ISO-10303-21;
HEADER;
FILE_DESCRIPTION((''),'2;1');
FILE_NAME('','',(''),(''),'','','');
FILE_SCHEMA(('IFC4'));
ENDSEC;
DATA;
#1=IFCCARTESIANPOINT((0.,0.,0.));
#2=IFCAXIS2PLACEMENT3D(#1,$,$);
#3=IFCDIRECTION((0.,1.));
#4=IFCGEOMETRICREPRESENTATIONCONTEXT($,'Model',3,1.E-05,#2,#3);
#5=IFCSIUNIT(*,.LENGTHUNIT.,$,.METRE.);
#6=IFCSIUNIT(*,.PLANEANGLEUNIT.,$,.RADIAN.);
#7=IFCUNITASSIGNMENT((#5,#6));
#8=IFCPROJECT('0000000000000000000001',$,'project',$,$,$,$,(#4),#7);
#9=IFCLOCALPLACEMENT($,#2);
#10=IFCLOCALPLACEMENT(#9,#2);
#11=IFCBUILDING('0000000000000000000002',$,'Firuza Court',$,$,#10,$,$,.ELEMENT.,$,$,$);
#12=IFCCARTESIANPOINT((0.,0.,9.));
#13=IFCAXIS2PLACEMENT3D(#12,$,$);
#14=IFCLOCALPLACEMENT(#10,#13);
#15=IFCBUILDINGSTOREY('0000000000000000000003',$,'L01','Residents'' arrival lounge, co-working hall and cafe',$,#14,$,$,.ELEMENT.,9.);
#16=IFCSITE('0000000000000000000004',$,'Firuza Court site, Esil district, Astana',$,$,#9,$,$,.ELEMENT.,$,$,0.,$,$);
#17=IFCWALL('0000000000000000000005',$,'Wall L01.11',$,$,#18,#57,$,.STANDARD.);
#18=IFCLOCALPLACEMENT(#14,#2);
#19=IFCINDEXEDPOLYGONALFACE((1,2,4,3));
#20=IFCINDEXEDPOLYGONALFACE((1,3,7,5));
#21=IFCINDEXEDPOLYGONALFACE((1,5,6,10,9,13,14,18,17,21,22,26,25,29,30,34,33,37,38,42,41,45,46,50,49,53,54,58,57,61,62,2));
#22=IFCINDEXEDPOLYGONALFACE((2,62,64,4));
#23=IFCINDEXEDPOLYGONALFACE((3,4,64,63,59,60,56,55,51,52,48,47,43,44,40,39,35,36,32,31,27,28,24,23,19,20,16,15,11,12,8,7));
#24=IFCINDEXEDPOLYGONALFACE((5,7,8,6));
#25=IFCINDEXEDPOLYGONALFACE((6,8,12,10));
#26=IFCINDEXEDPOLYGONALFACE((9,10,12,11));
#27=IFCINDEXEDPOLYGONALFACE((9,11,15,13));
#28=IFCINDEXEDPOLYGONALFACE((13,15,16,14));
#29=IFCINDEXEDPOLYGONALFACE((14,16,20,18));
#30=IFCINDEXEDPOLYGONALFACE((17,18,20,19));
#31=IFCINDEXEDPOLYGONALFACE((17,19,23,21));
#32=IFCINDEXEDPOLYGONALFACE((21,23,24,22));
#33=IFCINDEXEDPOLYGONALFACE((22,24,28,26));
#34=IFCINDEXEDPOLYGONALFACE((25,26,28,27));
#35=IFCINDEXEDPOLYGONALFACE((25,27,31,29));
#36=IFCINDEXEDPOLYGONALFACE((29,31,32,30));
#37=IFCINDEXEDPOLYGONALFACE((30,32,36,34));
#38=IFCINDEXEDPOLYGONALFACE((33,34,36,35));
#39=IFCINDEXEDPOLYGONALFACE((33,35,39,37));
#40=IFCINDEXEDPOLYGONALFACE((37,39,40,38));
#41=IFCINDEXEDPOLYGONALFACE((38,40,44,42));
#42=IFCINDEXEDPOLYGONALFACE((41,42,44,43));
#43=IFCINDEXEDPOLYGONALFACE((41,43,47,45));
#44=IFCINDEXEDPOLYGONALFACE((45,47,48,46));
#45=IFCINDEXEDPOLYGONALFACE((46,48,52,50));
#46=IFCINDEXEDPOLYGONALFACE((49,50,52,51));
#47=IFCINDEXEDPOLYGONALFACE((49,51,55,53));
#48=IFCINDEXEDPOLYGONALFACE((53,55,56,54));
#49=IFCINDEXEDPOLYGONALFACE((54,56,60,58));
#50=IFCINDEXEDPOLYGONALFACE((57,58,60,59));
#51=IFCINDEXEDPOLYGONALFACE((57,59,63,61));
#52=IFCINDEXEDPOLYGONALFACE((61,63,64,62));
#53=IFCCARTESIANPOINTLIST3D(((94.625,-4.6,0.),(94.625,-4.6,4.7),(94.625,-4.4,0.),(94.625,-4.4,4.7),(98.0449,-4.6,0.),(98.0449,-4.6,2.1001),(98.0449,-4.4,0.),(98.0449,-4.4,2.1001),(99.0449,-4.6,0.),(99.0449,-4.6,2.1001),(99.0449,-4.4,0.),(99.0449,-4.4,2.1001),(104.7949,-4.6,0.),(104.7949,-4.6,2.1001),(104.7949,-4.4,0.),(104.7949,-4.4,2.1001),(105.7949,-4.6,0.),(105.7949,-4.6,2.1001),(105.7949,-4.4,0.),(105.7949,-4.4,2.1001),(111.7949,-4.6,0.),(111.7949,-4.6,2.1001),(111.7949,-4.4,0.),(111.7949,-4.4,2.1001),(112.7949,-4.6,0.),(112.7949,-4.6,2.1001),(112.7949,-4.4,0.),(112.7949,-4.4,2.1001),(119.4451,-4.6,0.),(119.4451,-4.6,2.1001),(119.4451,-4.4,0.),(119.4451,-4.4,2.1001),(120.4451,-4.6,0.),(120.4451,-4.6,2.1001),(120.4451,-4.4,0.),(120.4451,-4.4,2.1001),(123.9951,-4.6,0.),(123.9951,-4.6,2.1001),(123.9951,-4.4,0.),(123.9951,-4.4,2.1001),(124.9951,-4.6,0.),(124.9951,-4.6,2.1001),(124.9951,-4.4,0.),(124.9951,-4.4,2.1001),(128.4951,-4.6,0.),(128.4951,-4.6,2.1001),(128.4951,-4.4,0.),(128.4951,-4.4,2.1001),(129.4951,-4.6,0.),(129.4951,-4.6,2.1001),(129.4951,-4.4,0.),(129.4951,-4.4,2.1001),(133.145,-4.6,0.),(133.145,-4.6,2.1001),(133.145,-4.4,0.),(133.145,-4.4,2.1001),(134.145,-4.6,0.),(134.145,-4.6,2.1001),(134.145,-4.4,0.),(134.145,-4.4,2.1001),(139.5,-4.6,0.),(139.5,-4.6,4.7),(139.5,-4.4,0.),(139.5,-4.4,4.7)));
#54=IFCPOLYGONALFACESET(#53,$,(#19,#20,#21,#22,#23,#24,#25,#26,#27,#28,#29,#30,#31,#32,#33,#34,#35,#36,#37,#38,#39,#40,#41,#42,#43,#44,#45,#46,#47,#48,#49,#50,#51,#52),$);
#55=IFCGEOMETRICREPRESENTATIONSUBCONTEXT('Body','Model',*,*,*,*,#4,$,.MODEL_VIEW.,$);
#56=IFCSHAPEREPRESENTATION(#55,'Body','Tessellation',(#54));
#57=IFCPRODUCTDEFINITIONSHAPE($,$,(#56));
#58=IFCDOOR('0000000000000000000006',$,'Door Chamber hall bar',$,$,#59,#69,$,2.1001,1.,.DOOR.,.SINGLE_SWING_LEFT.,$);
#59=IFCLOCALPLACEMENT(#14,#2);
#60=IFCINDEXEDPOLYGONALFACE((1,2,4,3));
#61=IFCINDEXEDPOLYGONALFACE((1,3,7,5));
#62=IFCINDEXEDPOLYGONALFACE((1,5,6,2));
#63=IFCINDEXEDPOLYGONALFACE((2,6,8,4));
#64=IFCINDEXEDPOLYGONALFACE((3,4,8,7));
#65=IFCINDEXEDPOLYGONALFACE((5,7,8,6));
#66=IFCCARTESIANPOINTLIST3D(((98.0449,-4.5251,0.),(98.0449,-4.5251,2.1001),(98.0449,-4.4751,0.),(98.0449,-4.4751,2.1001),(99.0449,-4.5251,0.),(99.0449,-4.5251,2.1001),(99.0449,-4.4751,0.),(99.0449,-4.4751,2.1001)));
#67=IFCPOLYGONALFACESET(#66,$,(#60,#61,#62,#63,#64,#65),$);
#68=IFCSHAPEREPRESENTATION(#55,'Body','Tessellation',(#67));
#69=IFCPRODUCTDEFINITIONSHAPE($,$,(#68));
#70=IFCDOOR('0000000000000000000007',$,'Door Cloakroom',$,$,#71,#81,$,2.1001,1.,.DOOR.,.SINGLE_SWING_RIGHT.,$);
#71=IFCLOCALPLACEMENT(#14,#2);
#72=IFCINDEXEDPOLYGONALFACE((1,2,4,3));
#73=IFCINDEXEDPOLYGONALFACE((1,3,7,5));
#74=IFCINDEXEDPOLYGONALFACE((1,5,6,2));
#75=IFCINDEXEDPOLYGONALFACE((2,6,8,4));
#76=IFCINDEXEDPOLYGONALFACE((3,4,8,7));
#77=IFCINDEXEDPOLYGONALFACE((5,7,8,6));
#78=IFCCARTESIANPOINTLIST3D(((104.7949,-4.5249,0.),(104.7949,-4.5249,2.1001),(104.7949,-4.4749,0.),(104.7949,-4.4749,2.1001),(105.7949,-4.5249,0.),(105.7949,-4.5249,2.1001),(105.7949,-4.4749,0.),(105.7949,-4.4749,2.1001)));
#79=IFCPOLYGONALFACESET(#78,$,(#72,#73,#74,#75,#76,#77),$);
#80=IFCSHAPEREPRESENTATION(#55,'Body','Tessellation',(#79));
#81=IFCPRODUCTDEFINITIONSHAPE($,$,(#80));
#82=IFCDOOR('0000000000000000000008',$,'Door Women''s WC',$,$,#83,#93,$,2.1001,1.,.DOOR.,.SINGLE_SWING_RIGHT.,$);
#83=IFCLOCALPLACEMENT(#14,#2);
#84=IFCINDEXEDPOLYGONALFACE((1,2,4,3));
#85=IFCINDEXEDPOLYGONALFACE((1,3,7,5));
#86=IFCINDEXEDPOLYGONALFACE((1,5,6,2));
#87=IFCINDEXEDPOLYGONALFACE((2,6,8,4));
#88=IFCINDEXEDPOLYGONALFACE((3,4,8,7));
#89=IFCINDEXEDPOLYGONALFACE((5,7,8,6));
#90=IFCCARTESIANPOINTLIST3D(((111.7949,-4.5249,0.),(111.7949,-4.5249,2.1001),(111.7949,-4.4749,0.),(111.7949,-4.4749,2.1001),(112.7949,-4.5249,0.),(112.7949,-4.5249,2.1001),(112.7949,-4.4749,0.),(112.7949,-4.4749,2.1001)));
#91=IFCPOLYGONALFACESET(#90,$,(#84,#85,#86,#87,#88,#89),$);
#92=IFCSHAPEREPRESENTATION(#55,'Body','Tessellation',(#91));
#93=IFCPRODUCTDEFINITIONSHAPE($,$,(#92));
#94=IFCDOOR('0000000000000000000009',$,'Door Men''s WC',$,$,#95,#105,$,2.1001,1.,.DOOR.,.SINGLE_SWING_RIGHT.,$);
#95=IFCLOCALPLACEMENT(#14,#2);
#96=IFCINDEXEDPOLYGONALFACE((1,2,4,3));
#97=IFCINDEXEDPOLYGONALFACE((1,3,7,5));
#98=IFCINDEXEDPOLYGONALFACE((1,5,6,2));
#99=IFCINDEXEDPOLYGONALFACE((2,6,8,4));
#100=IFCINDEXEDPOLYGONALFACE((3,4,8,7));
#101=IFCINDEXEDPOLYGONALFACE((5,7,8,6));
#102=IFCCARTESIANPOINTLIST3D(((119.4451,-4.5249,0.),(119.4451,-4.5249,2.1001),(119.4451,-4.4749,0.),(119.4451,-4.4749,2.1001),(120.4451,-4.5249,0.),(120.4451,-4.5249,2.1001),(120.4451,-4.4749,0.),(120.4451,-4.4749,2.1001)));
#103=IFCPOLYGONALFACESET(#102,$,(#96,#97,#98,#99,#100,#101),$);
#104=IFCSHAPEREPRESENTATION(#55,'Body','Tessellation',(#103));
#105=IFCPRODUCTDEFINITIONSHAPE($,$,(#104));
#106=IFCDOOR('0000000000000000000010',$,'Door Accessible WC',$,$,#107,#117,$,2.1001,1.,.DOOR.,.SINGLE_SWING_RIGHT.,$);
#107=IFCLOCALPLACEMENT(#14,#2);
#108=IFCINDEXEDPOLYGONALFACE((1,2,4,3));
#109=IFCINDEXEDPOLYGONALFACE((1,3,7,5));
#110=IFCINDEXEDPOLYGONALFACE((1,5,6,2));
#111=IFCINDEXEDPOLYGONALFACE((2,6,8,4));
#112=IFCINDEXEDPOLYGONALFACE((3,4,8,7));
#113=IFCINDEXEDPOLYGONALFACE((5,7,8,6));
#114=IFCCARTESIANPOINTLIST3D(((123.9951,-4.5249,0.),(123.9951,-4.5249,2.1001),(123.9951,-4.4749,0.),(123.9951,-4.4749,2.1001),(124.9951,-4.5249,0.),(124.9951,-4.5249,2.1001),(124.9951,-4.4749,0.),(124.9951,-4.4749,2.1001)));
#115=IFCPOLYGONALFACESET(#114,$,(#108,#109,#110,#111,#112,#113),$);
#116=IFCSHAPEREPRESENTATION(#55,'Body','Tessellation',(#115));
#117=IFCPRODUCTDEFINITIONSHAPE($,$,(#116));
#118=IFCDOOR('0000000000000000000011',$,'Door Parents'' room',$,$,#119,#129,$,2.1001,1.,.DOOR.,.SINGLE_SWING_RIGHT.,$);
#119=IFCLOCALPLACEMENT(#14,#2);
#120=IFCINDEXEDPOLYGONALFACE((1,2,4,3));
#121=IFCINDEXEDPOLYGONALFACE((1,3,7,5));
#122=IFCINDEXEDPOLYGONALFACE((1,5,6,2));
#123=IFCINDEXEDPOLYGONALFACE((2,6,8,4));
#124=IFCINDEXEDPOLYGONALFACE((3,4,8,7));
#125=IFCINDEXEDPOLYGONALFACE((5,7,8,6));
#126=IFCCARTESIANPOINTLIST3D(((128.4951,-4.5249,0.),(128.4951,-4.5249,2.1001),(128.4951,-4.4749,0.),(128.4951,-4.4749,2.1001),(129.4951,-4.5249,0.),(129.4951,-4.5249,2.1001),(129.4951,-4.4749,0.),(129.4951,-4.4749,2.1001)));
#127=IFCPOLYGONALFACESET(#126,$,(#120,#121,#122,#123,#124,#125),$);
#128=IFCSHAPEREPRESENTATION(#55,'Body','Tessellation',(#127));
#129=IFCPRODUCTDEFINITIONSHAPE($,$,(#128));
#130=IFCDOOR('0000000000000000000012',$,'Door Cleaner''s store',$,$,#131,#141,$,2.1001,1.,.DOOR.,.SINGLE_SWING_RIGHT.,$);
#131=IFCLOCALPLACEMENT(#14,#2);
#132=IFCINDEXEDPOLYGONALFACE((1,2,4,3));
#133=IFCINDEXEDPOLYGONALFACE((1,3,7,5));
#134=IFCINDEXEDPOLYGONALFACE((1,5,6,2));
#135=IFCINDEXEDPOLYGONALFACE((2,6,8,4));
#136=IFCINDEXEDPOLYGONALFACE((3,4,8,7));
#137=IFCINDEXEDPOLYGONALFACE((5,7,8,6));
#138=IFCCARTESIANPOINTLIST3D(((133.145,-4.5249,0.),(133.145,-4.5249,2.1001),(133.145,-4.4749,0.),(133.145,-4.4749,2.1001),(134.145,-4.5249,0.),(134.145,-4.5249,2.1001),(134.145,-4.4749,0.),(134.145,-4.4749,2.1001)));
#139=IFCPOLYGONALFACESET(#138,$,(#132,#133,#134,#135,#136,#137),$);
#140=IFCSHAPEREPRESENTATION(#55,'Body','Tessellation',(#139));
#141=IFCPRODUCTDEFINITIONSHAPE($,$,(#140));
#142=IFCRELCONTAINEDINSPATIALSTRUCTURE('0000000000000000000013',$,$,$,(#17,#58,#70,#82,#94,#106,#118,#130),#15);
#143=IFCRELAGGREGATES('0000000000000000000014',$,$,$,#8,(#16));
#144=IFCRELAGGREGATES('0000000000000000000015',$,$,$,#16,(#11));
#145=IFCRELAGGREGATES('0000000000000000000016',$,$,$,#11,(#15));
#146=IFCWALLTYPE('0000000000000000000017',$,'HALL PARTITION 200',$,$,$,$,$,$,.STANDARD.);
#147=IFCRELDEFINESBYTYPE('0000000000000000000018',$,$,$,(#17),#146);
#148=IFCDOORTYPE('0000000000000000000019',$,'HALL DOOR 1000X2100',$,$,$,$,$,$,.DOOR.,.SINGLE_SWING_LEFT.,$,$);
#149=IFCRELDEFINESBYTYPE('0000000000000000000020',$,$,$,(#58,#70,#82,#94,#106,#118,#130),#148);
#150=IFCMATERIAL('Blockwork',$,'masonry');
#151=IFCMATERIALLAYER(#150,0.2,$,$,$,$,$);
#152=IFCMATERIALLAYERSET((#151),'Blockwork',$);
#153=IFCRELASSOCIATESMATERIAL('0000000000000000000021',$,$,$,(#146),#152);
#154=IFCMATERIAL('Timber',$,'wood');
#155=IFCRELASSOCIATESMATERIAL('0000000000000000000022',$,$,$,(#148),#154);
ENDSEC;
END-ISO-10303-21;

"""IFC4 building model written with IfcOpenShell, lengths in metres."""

from ifc_helpers import new_model, si_unit, direction, frame, frame_2d, origin, place, context, subcontext, project, spatial, rectangle, extrude, material, layer, layer_set, type_object, element, fill, save


model = new_model("IFC4")

# Units and contexts
model_context = context("Model", 3, precision=1e-05, world=origin(), true_north=direction((0.0, 1.0)))
body_context = subcontext(model_context, "Body", "Model", "MODEL_VIEW")
ifc_project = project(units=[si_unit("LENGTHUNIT", "METRE"), si_unit("PLANEANGLEUNIT", "RADIAN")], contexts=[model_context])

# Site, building, storey
site_placement = place(None, origin())
site = spatial("IfcSite", under=ifc_project, at=site_placement, Name="Firuza Court site, Esil district, Astana", CompositionType="ELEMENT", RefElevation=0.0)
building_placement = place(site_placement, origin())
building = spatial("IfcBuilding", under=site, at=building_placement, Name="Firuza Court", CompositionType="ELEMENT")
storey_placement = place(building_placement, frame((0.0, 0.0, 9.0)))
storey = spatial("IfcBuildingStorey", under=building, at=storey_placement, Name="L01", Description="Residents' arrival lounge, co-working hall and cafe", CompositionType="ELEMENT", Elevation=9.0)

# Wall, openings, doors
ifc_material_1 = material(Name="Blockwork", Category="masonry")
ifc_layer_1 = layer(ifc_material_1, 0.2)
ifc_layer_set_1 = layer_set([ifc_layer_1], Name="Blockwork")
wall_type_1 = type_object("IfcWallType", Name="HALL PARTITION 200", PredefinedType="STANDARD", material=ifc_layer_set_1)
wall_1_placement = place(storey_placement, frame((94.625, -4.5, 0.0), z_axis=(0.0, 0.0, 1.0), x_axis=(1.0, 0.0, 0.0)))
wall_1 = element("IfcWall", 1, at=wall_1_placement, inside=storey, type_object=wall_type_1, Name="Wall L01.11", PredefinedType="STANDARD", context=body_context, shape_type="SweptSolid", body=[
    extrude(rectangle(XDim=44.875, YDim=0.2, at=frame_2d((22.4375, 0.0))), origin(), (0.0, 0.0, 1.0), 4.7),
])
opening_1_placement = place(wall_1_placement, frame((3.4199, 0.0, 0.0)))
opening_1 = element("IfcOpeningElement", 2, at=opening_1_placement, cuts=wall_1, PredefinedType="OPENING", context=body_context, shape_type="SweptSolid", body=[
    extrude(rectangle(XDim=1.0, YDim=2.1001, at=frame_2d((0.5, 1.05))), frame((0.0, 0.1118, 0.0), z_axis=(0.0, -1.0, 0.0), x_axis=(1.0, 0.0, 0.0)), (0.0, 0.0, 1.0), 0.2239),
])
opening_2_placement = place(wall_1_placement, frame((10.1699, 0.0, 0.0)))
opening_2 = element("IfcOpeningElement", 3, at=opening_2_placement, cuts=wall_1, PredefinedType="OPENING", context=body_context, shape_type="SweptSolid", body=[
    extrude(rectangle(XDim=1.0, YDim=2.1001, at=frame_2d((0.5, 1.05))), frame((0.0, 0.1118, 0.0), z_axis=(0.0, -1.0, 0.0), x_axis=(1.0, 0.0, 0.0)), (0.0, 0.0, 1.0), 0.2239),
])
opening_3_placement = place(wall_1_placement, frame((17.1699, 0.0, 0.0)))
opening_3 = element("IfcOpeningElement", 4, at=opening_3_placement, cuts=wall_1, PredefinedType="OPENING", context=body_context, shape_type="SweptSolid", body=[
    extrude(rectangle(XDim=1.0, YDim=2.1001, at=frame_2d((0.5, 1.05))), frame((0.0, 0.1118, 0.0), z_axis=(0.0, -1.0, 0.0), x_axis=(1.0, 0.0, 0.0)), (0.0, 0.0, 1.0), 0.2239),
])
opening_4_placement = place(wall_1_placement, frame((24.8201, 0.0, 0.0)))
opening_4 = element("IfcOpeningElement", 5, at=opening_4_placement, cuts=wall_1, PredefinedType="OPENING", context=body_context, shape_type="SweptSolid", body=[
    extrude(rectangle(XDim=1.0, YDim=2.1001, at=frame_2d((0.5, 1.05))), frame((0.0, 0.1118, 0.0), z_axis=(0.0, -1.0, 0.0), x_axis=(1.0, 0.0, 0.0)), (0.0, 0.0, 1.0), 0.2239),
])
opening_5_placement = place(wall_1_placement, frame((29.3701, 0.0, 0.0)))
opening_5 = element("IfcOpeningElement", 6, at=opening_5_placement, cuts=wall_1, PredefinedType="OPENING", context=body_context, shape_type="SweptSolid", body=[
    extrude(rectangle(XDim=1.0, YDim=2.1001, at=frame_2d((0.5, 1.05))), frame((0.0, 0.1118, 0.0), z_axis=(0.0, -1.0, 0.0), x_axis=(1.0, 0.0, 0.0)), (0.0, 0.0, 1.0), 0.2239),
])
opening_6_placement = place(wall_1_placement, frame((33.8701, 0.0, 0.0)))
opening_6 = element("IfcOpeningElement", 7, at=opening_6_placement, cuts=wall_1, PredefinedType="OPENING", context=body_context, shape_type="SweptSolid", body=[
    extrude(rectangle(XDim=1.0, YDim=2.1001, at=frame_2d((0.5, 1.05))), frame((0.0, 0.1118, 0.0), z_axis=(0.0, -1.0, 0.0), x_axis=(1.0, 0.0, 0.0)), (0.0, 0.0, 1.0), 0.2239),
])
opening_7_placement = place(wall_1_placement, frame((38.52, 0.0, 0.0)))
opening_7 = element("IfcOpeningElement", 8, at=opening_7_placement, cuts=wall_1, PredefinedType="OPENING", context=body_context, shape_type="SweptSolid", body=[
    extrude(rectangle(XDim=1.0, YDim=2.1001, at=frame_2d((0.5, 1.05))), frame((0.0, 0.1118, 0.0), z_axis=(0.0, -1.0, 0.0), x_axis=(1.0, 0.0, 0.0)), (0.0, 0.0, 1.0), 0.2239),
])
ifc_material_2 = material(Name="Timber", Category="wood")
door_type_1 = type_object("IfcDoorType", Name="HALL DOOR 1000X2100", OperationType="SINGLE_SWING_LEFT", PredefinedType="DOOR", material=ifc_material_2)
door_1_placement = place(opening_1_placement, origin())
door_1 = element("IfcDoor", 9, at=door_1_placement, inside=storey, type_object=door_type_1, Name="Door Chamber hall bar", OperationType="SINGLE_SWING_LEFT", OverallHeight=2.1001, OverallWidth=1.0, PredefinedType="DOOR", context=body_context, shape_type="SweptSolid", body=[
    extrude(rectangle(XDim=1.0, YDim=2.1001, at=frame_2d((0.5, 1.05))), frame((0.0, 0.0249, 0.0), z_axis=(0.0, -1.0, 0.0), x_axis=(1.0, 0.0, 0.0)), (0.0, 0.0, 1.0), 0.05),
])
fill(opening_1, door_1)
door_2_placement = place(opening_2_placement, frame((1.0, 0.0, 0.0), z_axis=(0.0, 0.0, 1.0), x_axis=(-1.0, 0.0, 0.0)))
door_2 = element("IfcDoor", 10, at=door_2_placement, inside=storey, type_object=door_type_1, Name="Door Cloakroom", OperationType="SINGLE_SWING_RIGHT", OverallHeight=2.1001, OverallWidth=1.0, PredefinedType="DOOR", context=body_context, shape_type="SweptSolid", body=[
    extrude(rectangle(XDim=1.0, YDim=2.1001, at=frame_2d((0.5, 1.05))), frame((0.0, 0.0249, 0.0), z_axis=(0.0, -1.0, 0.0), x_axis=(1.0, 0.0, 0.0)), (0.0, 0.0, 1.0), 0.05),
])
fill(opening_2, door_2)
door_3_placement = place(opening_3_placement, frame((1.0, 0.0, 0.0), z_axis=(0.0, 0.0, 1.0), x_axis=(-1.0, 0.0, 0.0)))
door_3 = element("IfcDoor", 11, at=door_3_placement, inside=storey, type_object=door_type_1, Name="Door Women's WC", OperationType="SINGLE_SWING_RIGHT", OverallHeight=2.1001, OverallWidth=1.0, PredefinedType="DOOR", context=body_context, shape_type="SweptSolid", body=[
    extrude(rectangle(XDim=1.0, YDim=2.1001, at=frame_2d((0.5, 1.05))), frame((0.0, 0.0249, 0.0), z_axis=(0.0, -1.0, 0.0), x_axis=(1.0, 0.0, 0.0)), (0.0, 0.0, 1.0), 0.05),
])
fill(opening_3, door_3)
door_4_placement = place(opening_4_placement, frame((1.0, 0.0, 0.0), z_axis=(0.0, 0.0, 1.0), x_axis=(-1.0, 0.0, 0.0)))
door_4 = element("IfcDoor", 12, at=door_4_placement, inside=storey, type_object=door_type_1, Name="Door Men's WC", OperationType="SINGLE_SWING_RIGHT", OverallHeight=2.1001, OverallWidth=1.0, PredefinedType="DOOR", context=body_context, shape_type="SweptSolid", body=[
    extrude(rectangle(XDim=1.0, YDim=2.1001, at=frame_2d((0.5, 1.05))), frame((0.0, 0.0249, 0.0), z_axis=(0.0, -1.0, 0.0), x_axis=(1.0, 0.0, 0.0)), (0.0, 0.0, 1.0), 0.05),
])
fill(opening_4, door_4)
door_5_placement = place(opening_5_placement, frame((1.0, 0.0, 0.0), z_axis=(0.0, 0.0, 1.0), x_axis=(-1.0, 0.0, 0.0)))
door_5 = element("IfcDoor", 13, at=door_5_placement, inside=storey, type_object=door_type_1, Name="Door Accessible WC", OperationType="SINGLE_SWING_RIGHT", OverallHeight=2.1001, OverallWidth=1.0, PredefinedType="DOOR", context=body_context, shape_type="SweptSolid", body=[
    extrude(rectangle(XDim=1.0, YDim=2.1001, at=frame_2d((0.5, 1.05))), frame((0.0, 0.0249, 0.0), z_axis=(0.0, -1.0, 0.0), x_axis=(1.0, 0.0, 0.0)), (0.0, 0.0, 1.0), 0.05),
])
fill(opening_5, door_5)
door_6_placement = place(opening_6_placement, frame((1.0, 0.0, 0.0), z_axis=(0.0, 0.0, 1.0), x_axis=(-1.0, 0.0, 0.0)))
door_6 = element("IfcDoor", 14, at=door_6_placement, inside=storey, type_object=door_type_1, Name="Door Parents' room", OperationType="SINGLE_SWING_RIGHT", OverallHeight=2.1001, OverallWidth=1.0, PredefinedType="DOOR", context=body_context, shape_type="SweptSolid", body=[
    extrude(rectangle(XDim=1.0, YDim=2.1001, at=frame_2d((0.5, 1.05))), frame((0.0, 0.0249, 0.0), z_axis=(0.0, -1.0, 0.0), x_axis=(1.0, 0.0, 0.0)), (0.0, 0.0, 1.0), 0.05),
])
fill(opening_6, door_6)
door_7_placement = place(opening_7_placement, frame((1.0, 0.0, 0.0), z_axis=(0.0, 0.0, 1.0), x_axis=(-1.0, 0.0, 0.0)))
door_7 = element("IfcDoor", 15, at=door_7_placement, inside=storey, type_object=door_type_1, Name="Door Cleaner's store", OperationType="SINGLE_SWING_RIGHT", OverallHeight=2.1001, OverallWidth=1.0, PredefinedType="DOOR", context=body_context, shape_type="SweptSolid", body=[
    extrude(rectangle(XDim=1.0, YDim=2.1001, at=frame_2d((0.5, 1.05))), frame((0.0, 0.0249, 0.0), z_axis=(0.0, -1.0, 0.0), x_axis=(1.0, 0.0, 0.0)), (0.0, 0.0, 1.0), 0.05),
])
fill(opening_7, door_7)

save(model, "model.ifc")
